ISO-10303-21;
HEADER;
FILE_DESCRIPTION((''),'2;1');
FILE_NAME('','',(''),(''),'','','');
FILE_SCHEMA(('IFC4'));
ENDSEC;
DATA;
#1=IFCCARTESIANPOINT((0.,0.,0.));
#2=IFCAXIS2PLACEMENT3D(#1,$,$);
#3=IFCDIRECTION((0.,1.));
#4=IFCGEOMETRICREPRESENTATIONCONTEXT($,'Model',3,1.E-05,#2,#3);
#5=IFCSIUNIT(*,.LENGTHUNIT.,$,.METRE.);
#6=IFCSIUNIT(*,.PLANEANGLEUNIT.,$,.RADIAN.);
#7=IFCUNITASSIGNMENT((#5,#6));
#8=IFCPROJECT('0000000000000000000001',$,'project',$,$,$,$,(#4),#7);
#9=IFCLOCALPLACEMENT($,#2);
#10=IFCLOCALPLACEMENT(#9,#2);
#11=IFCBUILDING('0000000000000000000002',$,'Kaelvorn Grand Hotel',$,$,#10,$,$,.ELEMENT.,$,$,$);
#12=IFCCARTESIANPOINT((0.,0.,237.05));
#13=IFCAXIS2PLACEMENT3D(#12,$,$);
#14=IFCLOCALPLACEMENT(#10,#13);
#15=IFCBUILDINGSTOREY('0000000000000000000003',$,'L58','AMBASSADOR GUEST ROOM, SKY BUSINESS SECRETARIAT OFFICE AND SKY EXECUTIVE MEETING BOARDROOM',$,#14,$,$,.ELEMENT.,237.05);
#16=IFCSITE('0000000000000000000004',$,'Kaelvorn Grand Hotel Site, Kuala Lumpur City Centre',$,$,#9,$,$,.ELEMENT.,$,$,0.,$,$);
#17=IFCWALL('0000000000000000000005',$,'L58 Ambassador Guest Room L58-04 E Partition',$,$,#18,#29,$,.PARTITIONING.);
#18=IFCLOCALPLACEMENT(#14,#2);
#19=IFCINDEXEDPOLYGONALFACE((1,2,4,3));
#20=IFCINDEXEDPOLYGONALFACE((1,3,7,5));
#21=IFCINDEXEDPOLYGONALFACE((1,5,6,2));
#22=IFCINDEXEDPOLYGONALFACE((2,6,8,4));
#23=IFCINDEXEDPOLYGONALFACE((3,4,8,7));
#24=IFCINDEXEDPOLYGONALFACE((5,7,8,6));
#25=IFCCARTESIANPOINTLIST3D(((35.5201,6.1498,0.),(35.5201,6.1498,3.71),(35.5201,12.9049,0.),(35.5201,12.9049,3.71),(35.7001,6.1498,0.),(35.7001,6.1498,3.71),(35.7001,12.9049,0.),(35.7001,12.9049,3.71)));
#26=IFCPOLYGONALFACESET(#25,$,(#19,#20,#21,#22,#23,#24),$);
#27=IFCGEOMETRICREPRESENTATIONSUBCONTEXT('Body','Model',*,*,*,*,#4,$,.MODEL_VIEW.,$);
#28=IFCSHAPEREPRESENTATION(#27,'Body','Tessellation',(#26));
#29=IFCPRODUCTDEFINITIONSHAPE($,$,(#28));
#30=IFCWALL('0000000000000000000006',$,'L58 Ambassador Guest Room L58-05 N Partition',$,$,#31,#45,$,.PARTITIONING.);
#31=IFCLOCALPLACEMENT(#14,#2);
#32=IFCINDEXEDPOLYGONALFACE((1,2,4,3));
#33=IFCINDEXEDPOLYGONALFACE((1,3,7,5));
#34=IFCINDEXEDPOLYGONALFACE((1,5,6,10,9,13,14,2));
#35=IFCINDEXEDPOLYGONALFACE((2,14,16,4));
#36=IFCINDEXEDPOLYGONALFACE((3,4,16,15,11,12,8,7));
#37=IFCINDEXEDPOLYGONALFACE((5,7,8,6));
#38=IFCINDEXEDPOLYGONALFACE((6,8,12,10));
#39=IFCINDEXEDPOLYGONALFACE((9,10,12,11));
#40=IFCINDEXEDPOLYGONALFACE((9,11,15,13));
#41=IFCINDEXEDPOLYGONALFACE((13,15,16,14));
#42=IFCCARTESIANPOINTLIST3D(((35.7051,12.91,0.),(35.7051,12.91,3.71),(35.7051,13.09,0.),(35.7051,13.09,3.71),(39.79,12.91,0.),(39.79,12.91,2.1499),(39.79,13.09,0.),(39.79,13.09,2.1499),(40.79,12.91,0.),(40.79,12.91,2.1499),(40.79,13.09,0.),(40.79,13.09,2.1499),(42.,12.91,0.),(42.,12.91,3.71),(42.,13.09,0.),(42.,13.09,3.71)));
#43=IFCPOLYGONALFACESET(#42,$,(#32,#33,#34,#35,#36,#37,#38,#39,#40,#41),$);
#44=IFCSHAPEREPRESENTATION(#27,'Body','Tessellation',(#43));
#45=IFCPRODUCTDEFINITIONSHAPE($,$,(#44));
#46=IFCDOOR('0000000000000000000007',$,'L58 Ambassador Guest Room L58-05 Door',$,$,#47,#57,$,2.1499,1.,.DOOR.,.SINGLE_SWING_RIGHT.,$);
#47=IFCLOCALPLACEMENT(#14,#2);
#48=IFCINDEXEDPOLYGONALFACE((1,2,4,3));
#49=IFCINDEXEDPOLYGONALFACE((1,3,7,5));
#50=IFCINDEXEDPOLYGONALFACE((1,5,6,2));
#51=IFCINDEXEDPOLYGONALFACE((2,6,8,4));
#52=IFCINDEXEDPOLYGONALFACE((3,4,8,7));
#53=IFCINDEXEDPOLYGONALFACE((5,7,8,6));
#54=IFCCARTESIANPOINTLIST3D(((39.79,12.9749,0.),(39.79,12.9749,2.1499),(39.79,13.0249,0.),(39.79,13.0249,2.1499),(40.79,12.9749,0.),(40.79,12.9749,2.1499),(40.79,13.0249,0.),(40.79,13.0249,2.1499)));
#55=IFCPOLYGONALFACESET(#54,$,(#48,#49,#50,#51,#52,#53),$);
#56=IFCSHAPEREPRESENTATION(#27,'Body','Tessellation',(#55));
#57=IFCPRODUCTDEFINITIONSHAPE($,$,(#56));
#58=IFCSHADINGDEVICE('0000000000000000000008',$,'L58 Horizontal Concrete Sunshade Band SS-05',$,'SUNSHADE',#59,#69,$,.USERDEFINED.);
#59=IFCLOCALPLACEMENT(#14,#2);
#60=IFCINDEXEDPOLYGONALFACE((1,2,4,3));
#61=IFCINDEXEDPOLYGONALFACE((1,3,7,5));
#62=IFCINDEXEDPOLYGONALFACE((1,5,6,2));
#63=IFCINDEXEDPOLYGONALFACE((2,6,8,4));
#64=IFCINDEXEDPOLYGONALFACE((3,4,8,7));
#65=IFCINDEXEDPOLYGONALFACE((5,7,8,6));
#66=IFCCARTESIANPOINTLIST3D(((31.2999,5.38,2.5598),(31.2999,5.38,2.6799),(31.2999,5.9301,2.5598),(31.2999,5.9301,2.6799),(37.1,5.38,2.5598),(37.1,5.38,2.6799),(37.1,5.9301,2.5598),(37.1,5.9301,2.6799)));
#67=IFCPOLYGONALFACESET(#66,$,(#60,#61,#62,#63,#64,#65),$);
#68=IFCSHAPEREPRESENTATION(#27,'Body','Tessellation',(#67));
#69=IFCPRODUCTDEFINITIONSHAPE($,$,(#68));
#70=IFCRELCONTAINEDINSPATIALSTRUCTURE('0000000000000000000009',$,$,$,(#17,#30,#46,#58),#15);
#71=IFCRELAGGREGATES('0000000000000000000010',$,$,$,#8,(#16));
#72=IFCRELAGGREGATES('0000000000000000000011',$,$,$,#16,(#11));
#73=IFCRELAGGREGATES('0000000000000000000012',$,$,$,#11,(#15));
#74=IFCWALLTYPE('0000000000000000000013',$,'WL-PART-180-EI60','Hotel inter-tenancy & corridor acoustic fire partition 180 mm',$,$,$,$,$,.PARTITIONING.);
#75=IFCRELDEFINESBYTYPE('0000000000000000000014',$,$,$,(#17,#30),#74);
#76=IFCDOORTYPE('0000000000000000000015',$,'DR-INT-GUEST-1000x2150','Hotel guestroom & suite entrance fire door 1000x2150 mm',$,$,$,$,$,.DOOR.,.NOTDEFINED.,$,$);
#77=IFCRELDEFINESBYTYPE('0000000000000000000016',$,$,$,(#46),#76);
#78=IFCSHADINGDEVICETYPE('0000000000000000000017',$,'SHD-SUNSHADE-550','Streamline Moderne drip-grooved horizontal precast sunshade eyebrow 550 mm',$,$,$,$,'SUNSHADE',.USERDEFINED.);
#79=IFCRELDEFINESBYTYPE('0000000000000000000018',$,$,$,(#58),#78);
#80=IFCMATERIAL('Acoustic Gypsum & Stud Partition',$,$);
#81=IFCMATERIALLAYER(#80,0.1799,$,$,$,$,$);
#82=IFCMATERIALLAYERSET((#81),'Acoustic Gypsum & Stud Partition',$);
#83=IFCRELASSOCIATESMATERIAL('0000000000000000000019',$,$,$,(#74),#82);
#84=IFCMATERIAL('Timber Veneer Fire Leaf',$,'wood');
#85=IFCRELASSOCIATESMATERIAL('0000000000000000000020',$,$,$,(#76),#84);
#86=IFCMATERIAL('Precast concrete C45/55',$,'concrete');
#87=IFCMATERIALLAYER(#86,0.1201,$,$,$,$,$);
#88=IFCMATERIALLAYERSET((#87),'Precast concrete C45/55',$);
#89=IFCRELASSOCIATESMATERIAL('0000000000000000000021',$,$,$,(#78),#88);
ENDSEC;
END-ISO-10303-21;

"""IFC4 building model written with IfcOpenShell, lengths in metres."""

from ifc_helpers import new_model, si_unit, direction, frame, frame_2d, origin, origin_2d, place, context, subcontext, project, spatial, rectangle, extrude, material, layer, layer_set, type_object, element, fill, save


model = new_model("IFC4")

# Units and contexts
model_context = context("Model", 3, precision=1e-05, world=origin(), true_north=direction((0.0, 1.0)))
body_context = subcontext(model_context, "Body", "Model", "MODEL_VIEW")
ifc_project = project(units=[si_unit("LENGTHUNIT", "METRE"), si_unit("PLANEANGLEUNIT", "RADIAN")], contexts=[model_context])

# Site, building, storey
site_placement = place(None, origin())
site = spatial("IfcSite", under=ifc_project, at=site_placement, Name="Kaelvorn Grand Hotel Site, Kuala Lumpur City Centre", CompositionType="ELEMENT", RefElevation=0.0)
building_placement = place(site_placement, origin())
building = spatial("IfcBuilding", under=site, at=building_placement, Name="Kaelvorn Grand Hotel", CompositionType="ELEMENT")
storey_placement = place(building_placement, frame((0.0, 0.0, 237.05)))
storey = spatial("IfcBuildingStorey", under=building, at=storey_placement, Name="L58", Description="AMBASSADOR GUEST ROOM, SKY BUSINESS SECRETARIAT OFFICE AND SKY EXECUTIVE MEETING BOARDROOM", CompositionType="ELEMENT", Elevation=237.05)

# Shared definitions
ifc_material_1 = material(Name="Acoustic Gypsum & Stud Partition")
ifc_layer_1 = layer(ifc_material_1, 0.1799)
ifc_layer_set_1 = layer_set([ifc_layer_1], Name="Acoustic Gypsum & Stud Partition")
wall_type_1 = type_object("IfcWallType", Name="WL-PART-180-EI60", Description="Hotel inter-tenancy & corridor acoustic fire partition 180 mm", PredefinedType="PARTITIONING", material=ifc_layer_set_1)

# Shared definitions
ifc_material_2 = material(Name="Timber Veneer Fire Leaf", Category="wood")
door_type_1 = type_object("IfcDoorType", Name="DR-INT-GUEST-1000x2150", Description="Hotel guestroom & suite entrance fire door 1000x2150 mm", OperationType="NOTDEFINED", PredefinedType="DOOR", material=ifc_material_2)

# Wall
wall_1_placement = place(storey_placement, frame((35.6101, 6.1499, 0.0), z_axis=(0.0, 0.0, 1.0), x_axis=(0.0, 1.0, 0.0)))
element("IfcWall", 1, at=wall_1_placement, inside=storey, type_object=wall_type_1, Name="L58 Ambassador Guest Room L58-04 E Partition", PredefinedType="PARTITIONING", context=body_context, shape_type="SweptSolid", body=[
    extrude(rectangle(XDim=6.7551, YDim=0.1799, at=frame_2d((3.3774, 0.0))), origin(), (0.0, 0.0, 1.0), 3.71),
])

# Wall, opening, door
wall_2_placement = place(storey_placement, frame((35.7051, 13.0, 0.0), z_axis=(0.0, 0.0, 1.0), x_axis=(1.0, 0.0, 0.0)))
wall_2 = element("IfcWall", 2, at=wall_2_placement, inside=storey, type_object=wall_type_1, Name="L58 Ambassador Guest Room L58-05 N Partition", PredefinedType="PARTITIONING", context=body_context, shape_type="SweptSolid", body=[
    extrude(rectangle(XDim=6.2949, YDim=0.1799, at=frame_2d((3.1475, 0.0))), origin(), (0.0, 0.0, 1.0), 3.71),
])
opening_1_placement = place(wall_2_placement, frame((4.085, 0.0, 0.0)))
opening_1 = element("IfcOpeningElement", 3, at=opening_1_placement, cuts=wall_2, PredefinedType="OPENING", context=body_context, shape_type="SweptSolid", body=[
    extrude(rectangle(XDim=1.0, YDim=2.1499, at=frame_2d((0.5, 1.075))), frame((0.0, 0.1001, 0.0), z_axis=(0.0, -1.0, 0.0), x_axis=(1.0, 0.0, 0.0)), (0.0, 0.0, 1.0), 0.2),
])
door_1_placement = place(opening_1_placement, origin())
door_1 = element("IfcDoor", 4, at=door_1_placement, inside=storey, type_object=door_type_1, Name="L58 Ambassador Guest Room L58-05 Door", OperationType="SINGLE_SWING_RIGHT", OverallHeight=2.1499, OverallWidth=1.0, PredefinedType="DOOR", context=body_context, shape_type="SweptSolid", body=[
    extrude(rectangle(XDim=1.0, YDim=2.1499, at=frame_2d((0.5, 1.075))), frame((0.0, 0.0249, 0.0), z_axis=(0.0, -1.0, 0.0), x_axis=(1.0, 0.0, 0.0)), (0.0, 0.0, 1.0), 0.05),
])
fill(opening_1, door_1)

# Shading device
ifc_material_3 = material(Name="Precast concrete C45/55", Category="concrete")
ifc_layer_2 = layer(ifc_material_3, 0.1201)
ifc_layer_set_2 = layer_set([ifc_layer_2], Name="Precast concrete C45/55")
shading_device_type = type_object("IfcShadingDeviceType", Name="SHD-SUNSHADE-550", Description="Streamline Moderne drip-grooved horizontal precast sunshade eyebrow 550 mm", ElementType="SUNSHADE", PredefinedType="USERDEFINED", material=ifc_layer_set_2)
shading_device_placement = place(storey_placement, frame((34.2, 5.655, 2.5598), z_axis=(0.0, 0.0, 1.0), x_axis=(1.0, 0.0, 0.0)))
element("IfcShadingDevice", 5, at=shading_device_placement, inside=storey, type_object=shading_device_type, Name="L58 Horizontal Concrete Sunshade Band SS-05", ObjectType="SUNSHADE", PredefinedType="USERDEFINED", context=body_context, shape_type="SweptSolid", body=[
    extrude(rectangle(XDim=5.8, YDim=0.55, at=origin_2d()), origin(), (0.0, 0.0, 1.0), 0.1201),
])

save(model, "model.ifc")
